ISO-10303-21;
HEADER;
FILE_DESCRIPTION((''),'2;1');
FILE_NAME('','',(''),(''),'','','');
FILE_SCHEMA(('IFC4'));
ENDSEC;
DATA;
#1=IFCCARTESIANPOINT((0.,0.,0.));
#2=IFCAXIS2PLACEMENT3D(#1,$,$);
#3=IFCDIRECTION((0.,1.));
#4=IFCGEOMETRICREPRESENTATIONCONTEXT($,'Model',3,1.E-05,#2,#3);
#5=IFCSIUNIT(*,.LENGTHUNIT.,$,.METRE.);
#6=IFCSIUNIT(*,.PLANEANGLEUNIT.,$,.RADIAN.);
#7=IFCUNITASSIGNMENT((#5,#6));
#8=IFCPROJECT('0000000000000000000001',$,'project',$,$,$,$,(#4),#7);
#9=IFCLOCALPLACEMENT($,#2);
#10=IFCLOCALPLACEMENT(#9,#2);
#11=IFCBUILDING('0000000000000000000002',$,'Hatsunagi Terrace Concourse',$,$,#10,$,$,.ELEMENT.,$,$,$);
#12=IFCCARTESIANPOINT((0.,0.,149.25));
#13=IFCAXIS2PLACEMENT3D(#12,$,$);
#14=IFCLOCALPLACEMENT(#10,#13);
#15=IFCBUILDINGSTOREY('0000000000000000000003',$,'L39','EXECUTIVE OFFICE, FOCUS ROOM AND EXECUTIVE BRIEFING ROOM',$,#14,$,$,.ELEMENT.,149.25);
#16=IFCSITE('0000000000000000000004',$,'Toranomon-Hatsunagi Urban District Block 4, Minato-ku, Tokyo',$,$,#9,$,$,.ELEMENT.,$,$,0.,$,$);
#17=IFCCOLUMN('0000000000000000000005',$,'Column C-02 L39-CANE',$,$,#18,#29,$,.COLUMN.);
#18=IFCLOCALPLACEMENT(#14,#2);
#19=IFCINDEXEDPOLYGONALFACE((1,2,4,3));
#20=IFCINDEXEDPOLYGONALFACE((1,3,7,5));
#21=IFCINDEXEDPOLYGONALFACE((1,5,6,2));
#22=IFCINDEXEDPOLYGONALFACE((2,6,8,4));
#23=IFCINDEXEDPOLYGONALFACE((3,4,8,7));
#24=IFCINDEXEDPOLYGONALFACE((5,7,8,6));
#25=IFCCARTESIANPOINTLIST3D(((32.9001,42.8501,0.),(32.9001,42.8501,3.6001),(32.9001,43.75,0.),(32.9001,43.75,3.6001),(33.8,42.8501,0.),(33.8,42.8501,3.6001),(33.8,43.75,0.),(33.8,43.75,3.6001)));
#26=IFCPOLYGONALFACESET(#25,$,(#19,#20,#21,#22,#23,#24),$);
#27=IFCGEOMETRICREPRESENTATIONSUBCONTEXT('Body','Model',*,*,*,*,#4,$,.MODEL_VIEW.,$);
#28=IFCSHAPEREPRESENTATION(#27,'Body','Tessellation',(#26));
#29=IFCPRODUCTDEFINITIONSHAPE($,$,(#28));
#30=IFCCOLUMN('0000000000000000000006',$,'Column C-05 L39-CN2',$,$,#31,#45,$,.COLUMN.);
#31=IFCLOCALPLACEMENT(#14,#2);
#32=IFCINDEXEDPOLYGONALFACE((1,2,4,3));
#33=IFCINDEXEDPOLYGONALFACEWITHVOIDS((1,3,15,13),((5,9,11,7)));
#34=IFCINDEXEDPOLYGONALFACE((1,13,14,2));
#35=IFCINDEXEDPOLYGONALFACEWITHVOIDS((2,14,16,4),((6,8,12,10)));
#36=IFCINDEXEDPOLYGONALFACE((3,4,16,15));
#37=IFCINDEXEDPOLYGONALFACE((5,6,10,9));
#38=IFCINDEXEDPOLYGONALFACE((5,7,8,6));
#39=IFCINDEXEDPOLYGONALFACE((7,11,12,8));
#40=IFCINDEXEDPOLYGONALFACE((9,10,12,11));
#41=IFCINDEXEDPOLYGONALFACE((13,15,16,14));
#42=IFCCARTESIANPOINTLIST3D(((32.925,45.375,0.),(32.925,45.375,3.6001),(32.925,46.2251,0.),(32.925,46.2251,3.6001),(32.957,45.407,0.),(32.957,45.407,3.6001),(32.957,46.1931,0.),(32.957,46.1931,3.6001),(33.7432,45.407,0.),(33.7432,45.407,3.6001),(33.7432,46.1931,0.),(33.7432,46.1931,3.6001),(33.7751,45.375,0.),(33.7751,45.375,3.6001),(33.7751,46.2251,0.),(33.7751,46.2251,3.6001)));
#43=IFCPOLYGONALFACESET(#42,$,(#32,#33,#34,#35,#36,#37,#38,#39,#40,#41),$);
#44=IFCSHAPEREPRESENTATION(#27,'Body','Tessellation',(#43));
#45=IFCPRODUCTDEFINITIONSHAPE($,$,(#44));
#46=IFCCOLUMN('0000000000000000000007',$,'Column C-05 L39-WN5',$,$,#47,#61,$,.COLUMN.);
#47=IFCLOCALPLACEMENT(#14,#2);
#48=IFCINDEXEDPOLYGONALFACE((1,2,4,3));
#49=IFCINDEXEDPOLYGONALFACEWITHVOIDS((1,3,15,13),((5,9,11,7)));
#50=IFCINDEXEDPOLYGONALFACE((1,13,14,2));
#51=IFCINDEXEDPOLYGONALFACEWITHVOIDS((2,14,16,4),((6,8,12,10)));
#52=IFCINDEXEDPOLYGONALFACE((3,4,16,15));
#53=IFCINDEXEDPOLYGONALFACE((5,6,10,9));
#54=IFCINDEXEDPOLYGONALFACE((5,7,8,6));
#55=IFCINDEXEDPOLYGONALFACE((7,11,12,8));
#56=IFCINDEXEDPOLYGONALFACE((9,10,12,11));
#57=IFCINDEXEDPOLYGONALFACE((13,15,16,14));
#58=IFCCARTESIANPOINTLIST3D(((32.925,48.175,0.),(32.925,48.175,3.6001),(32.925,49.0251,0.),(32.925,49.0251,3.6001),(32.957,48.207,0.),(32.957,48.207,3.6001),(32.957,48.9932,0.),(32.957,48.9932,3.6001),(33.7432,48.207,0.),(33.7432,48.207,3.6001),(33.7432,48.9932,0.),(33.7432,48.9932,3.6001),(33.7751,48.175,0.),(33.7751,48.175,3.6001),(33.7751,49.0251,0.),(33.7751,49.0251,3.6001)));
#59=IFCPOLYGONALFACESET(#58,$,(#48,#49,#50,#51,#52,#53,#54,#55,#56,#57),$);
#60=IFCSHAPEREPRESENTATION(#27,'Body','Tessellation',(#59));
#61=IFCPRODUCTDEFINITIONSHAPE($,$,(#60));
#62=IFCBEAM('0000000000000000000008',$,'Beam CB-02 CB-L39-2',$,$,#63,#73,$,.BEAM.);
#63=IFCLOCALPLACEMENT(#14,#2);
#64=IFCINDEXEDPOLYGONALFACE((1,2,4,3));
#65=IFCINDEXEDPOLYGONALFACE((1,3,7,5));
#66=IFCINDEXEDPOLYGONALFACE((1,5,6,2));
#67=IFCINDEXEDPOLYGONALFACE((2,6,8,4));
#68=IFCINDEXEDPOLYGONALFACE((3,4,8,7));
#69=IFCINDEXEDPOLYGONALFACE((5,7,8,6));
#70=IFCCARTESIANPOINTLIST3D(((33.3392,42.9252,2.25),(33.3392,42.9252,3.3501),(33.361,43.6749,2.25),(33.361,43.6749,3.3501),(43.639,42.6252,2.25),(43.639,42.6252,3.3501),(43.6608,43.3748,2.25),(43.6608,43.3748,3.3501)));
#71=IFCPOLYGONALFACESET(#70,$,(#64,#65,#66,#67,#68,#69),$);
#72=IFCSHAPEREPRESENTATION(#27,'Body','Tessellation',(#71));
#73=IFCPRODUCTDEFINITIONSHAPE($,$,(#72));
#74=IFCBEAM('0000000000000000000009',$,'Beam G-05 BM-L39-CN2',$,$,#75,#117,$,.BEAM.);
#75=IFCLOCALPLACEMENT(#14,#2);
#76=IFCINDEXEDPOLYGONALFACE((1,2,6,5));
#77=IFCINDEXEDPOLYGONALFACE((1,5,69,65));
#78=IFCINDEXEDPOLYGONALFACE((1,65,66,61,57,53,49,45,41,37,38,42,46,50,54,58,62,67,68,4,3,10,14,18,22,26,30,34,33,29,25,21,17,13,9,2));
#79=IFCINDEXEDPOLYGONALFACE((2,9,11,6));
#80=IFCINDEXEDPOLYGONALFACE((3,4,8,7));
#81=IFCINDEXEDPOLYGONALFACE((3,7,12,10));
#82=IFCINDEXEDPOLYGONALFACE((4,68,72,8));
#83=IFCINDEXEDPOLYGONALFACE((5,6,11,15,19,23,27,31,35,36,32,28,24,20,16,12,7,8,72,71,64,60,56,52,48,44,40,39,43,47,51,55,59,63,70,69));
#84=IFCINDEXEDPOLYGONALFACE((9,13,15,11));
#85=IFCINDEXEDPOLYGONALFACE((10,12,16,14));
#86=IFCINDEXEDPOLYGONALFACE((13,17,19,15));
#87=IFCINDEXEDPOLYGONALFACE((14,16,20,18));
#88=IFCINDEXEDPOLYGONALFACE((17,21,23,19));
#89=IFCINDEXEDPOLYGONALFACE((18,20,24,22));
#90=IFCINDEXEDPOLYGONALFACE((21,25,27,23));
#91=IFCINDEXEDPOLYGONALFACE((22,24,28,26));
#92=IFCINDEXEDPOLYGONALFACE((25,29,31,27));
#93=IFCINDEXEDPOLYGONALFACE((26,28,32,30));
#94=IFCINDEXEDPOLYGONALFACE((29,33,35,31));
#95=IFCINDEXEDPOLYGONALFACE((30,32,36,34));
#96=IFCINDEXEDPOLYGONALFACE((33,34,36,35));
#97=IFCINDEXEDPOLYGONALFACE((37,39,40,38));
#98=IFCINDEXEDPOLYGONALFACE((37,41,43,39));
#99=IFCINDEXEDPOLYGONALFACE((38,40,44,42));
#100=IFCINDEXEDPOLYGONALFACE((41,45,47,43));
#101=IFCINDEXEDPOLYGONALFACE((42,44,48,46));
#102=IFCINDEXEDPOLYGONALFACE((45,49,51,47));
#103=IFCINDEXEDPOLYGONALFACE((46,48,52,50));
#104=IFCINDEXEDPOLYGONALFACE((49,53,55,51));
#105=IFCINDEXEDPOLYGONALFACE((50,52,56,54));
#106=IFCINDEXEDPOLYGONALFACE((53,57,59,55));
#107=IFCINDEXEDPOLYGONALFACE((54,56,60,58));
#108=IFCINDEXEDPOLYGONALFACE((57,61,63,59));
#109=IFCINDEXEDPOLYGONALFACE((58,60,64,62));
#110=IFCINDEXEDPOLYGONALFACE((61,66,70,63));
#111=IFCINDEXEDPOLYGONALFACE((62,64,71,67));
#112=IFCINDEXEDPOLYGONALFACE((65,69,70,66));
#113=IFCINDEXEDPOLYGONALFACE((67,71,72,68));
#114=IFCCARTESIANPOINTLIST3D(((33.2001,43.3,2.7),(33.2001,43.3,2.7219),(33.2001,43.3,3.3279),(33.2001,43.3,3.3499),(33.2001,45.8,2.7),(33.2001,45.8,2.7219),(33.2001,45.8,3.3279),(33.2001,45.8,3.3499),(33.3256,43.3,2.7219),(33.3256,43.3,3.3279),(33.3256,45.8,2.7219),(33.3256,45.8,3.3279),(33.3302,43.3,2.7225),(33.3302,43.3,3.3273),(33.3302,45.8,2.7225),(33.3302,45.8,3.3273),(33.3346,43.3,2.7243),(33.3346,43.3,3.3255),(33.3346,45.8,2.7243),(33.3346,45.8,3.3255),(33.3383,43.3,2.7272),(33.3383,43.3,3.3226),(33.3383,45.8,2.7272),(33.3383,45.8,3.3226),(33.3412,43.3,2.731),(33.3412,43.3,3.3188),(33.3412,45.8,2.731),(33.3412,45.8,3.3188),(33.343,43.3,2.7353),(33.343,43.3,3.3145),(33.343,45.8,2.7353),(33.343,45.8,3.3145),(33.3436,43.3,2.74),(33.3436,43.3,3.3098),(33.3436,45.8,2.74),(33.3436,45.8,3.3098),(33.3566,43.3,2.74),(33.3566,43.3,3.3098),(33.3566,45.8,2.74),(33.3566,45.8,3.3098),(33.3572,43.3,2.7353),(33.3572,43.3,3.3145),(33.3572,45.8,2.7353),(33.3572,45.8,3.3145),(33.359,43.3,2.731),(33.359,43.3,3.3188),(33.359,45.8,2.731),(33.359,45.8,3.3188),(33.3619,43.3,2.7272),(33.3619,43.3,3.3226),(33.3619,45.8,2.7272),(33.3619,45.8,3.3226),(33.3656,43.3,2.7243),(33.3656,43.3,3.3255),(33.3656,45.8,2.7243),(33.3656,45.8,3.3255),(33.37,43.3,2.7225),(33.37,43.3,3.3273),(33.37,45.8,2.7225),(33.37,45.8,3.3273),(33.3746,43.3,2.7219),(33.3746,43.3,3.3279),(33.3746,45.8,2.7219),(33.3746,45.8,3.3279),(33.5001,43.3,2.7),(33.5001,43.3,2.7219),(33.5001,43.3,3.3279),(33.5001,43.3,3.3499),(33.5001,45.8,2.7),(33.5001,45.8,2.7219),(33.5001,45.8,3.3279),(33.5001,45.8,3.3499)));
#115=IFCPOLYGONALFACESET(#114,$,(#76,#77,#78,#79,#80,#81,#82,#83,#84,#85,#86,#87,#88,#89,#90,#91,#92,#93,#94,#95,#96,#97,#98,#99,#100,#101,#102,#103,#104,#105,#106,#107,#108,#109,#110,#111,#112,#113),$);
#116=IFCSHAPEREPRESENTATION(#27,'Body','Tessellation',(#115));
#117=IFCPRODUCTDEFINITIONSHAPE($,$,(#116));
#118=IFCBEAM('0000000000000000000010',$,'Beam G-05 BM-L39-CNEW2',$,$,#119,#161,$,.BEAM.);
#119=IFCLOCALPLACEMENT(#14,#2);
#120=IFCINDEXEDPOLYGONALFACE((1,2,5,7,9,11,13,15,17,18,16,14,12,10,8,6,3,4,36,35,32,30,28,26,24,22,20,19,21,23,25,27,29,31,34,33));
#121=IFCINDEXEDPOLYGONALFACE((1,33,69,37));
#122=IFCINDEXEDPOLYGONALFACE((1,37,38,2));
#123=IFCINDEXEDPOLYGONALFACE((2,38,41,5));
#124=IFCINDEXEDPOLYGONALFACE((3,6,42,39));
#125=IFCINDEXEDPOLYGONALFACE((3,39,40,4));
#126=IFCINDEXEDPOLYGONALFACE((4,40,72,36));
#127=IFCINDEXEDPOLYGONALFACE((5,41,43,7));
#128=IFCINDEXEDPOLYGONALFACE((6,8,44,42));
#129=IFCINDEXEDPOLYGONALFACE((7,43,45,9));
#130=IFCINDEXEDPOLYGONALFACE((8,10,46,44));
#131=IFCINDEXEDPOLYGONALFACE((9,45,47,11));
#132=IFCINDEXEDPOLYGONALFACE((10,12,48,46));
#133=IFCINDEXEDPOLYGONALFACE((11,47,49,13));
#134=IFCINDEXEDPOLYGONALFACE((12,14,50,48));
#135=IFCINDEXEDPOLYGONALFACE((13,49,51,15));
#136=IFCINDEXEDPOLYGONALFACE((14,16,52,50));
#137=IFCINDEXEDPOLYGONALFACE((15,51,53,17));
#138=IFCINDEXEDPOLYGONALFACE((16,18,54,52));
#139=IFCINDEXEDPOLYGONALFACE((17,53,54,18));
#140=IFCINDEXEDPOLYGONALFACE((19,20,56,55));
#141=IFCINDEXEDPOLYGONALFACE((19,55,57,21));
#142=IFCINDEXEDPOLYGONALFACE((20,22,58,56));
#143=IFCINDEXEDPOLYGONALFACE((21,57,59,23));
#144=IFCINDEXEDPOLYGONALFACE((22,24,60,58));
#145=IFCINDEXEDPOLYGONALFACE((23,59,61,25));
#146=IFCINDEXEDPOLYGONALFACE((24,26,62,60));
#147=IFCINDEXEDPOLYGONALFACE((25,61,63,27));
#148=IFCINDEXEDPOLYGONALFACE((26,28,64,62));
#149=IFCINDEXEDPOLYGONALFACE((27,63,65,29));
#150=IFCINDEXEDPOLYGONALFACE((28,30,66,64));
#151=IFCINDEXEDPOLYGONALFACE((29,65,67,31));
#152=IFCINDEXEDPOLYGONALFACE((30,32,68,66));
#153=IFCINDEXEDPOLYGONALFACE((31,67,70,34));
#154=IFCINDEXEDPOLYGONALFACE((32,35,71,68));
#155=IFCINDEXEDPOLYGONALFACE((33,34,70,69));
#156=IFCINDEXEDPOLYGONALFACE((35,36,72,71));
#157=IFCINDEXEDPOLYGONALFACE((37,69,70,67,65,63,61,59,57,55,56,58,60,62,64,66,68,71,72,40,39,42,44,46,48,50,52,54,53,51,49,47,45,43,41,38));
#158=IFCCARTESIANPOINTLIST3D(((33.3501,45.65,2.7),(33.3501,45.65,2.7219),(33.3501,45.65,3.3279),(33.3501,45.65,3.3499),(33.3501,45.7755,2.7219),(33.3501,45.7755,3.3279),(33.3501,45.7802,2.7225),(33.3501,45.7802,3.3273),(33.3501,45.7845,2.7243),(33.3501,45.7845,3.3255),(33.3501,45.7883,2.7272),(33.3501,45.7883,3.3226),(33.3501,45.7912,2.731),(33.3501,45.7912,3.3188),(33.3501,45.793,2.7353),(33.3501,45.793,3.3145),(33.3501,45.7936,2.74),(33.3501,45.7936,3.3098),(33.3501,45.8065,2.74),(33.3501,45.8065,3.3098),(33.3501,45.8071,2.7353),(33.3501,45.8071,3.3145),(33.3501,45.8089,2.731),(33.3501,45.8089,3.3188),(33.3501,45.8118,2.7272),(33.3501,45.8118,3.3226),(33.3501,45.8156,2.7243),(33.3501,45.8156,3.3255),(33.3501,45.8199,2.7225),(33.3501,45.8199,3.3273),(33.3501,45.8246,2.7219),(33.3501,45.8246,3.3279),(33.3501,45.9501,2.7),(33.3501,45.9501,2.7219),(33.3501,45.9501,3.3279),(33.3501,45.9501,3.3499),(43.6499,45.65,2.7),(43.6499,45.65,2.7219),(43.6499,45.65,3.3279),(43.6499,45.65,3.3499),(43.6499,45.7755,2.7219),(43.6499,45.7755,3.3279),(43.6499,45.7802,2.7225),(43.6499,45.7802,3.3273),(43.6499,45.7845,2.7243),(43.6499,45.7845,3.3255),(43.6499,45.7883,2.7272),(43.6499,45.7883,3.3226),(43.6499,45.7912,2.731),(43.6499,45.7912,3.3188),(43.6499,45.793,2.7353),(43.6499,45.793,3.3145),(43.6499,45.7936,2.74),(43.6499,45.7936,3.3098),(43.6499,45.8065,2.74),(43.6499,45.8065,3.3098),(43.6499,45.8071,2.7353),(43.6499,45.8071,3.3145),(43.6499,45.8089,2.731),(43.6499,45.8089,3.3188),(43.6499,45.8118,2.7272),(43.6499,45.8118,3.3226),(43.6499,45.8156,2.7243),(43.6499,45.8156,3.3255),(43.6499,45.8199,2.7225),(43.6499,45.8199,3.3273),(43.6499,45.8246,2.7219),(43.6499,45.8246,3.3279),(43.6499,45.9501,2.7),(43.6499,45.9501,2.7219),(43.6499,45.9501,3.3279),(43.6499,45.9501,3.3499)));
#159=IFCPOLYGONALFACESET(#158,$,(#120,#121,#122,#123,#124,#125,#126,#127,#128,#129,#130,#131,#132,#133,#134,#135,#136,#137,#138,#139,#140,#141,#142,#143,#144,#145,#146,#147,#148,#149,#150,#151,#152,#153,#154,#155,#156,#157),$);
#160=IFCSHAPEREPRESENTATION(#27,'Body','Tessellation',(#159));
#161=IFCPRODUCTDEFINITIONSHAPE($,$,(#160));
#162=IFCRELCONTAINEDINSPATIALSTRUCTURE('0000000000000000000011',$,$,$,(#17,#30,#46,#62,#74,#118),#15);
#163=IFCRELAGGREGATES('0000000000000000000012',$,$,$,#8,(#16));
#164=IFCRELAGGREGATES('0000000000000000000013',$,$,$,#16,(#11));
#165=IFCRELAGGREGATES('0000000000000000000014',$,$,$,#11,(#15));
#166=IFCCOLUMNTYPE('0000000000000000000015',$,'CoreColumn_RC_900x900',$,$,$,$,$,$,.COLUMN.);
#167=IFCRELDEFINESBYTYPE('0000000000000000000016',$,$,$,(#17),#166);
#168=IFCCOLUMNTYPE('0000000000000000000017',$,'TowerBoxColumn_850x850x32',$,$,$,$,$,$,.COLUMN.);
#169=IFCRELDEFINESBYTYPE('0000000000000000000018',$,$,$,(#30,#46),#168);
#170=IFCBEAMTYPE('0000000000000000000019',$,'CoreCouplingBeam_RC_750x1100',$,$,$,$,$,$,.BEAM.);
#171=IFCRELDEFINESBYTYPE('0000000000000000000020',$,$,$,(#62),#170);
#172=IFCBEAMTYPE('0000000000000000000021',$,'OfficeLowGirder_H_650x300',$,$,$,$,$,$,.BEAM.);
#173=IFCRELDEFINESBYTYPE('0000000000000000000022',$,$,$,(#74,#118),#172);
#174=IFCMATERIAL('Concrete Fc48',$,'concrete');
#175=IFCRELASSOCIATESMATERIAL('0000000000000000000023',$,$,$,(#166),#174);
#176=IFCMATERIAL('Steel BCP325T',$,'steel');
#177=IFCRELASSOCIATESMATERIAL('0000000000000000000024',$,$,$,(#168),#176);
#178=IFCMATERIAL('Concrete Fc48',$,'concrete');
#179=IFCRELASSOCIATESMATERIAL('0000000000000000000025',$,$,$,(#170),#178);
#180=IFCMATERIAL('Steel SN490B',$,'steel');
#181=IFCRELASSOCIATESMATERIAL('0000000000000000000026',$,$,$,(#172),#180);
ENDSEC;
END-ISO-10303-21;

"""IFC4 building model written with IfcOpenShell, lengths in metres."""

from ifc_helpers import new_model, si_unit, direction, frame, origin, origin_2d, place, context, subcontext, project, spatial, rectangle, hollow_rectangle, i_section, extrude, material, material_profile, profile_set, type_object, element, save


model = new_model("IFC4")

# Units and contexts
model_context = context("Model", 3, precision=1e-05, world=origin(), true_north=direction((0.0, 1.0)))
body_context = subcontext(model_context, "Body", "Model", "MODEL_VIEW")
ifc_project = project(units=[si_unit("LENGTHUNIT", "METRE"), si_unit("PLANEANGLEUNIT", "RADIAN")], contexts=[model_context])

# Site, building, storey
site_placement = place(None, origin())
site = spatial("IfcSite", under=ifc_project, at=site_placement, Name="Toranomon-Hatsunagi Urban District Block 4, Minato-ku, Tokyo", CompositionType="ELEMENT", RefElevation=0.0)
building_placement = place(site_placement, origin())
building = spatial("IfcBuilding", under=site, at=building_placement, Name="Hatsunagi Terrace Concourse", CompositionType="ELEMENT")
storey_placement = place(building_placement, frame((0.0, 0.0, 149.25)))
storey = spatial("IfcBuildingStorey", under=building, at=storey_placement, Name="L39", Description="EXECUTIVE OFFICE, FOCUS ROOM AND EXECUTIVE BRIEFING ROOM", CompositionType="ELEMENT", Elevation=149.25)

# Columns
ifc_material_1 = material(Name="Concrete Fc48", Category="concrete")
ifc_material_profile_1 = material_profile(ifc_material_1, rectangle(XDim=0.8999, YDim=0.8999, at=origin_2d()), Name="RC-900x900")
ifc_profile_set_1 = profile_set([ifc_material_profile_1], Name="Concrete Fc48")
column_type_1 = type_object("IfcColumnType", Name="CoreColumn_RC_900x900", PredefinedType="COLUMN", material=ifc_profile_set_1)
column_placement = place(storey_placement, frame((33.3501, 43.3, 0.0), z_axis=(0.0, 0.0, 1.0), x_axis=(1.0, 0.0, 0.0)))
element("IfcColumn", 1, at=column_placement, inside=storey, type_object=column_type_1, Name="Column C-02 L39-CANE", PredefinedType="COLUMN", context=body_context, shape_type="SweptSolid", body=[
    extrude(rectangle(XDim=0.8999, YDim=0.8999, at=origin_2d()), origin(), (0.0, 0.0, 1.0), 3.6001),
])
ifc_material_2 = material(Name="Steel BCP325T", Category="steel")
ifc_material_profile_2 = material_profile(ifc_material_2, hollow_rectangle(XDim=0.8501, YDim=0.8501, WallThickness=0.032, at=origin_2d()), Name="BCP-850x850x32")
ifc_profile_set_2 = profile_set([ifc_material_profile_2], Name="Steel BCP325T")
column_type_2 = type_object("IfcColumnType", Name="TowerBoxColumn_850x850x32", PredefinedType="COLUMN", material=ifc_profile_set_2)
for number, where, z_axis, x_axis, name in (
    (2, (33.3501, 45.8, 0.0), (0.0, 0.0, 1.0), (1.0, 0.0, 0.0), "Column C-05 L39-CN2"),
    (3, (33.3501, 48.6001, 0.0), (0.0, 0.0, 1.0), (1.0, 0.0, 0.0), "Column C-05 L39-WN5"),
):
    element("IfcColumn", number, at=place(storey_placement, frame(where, z_axis=z_axis, x_axis=x_axis)), inside=storey, type_object=column_type_2, Name=name, PredefinedType="COLUMN", context=body_context, shape_type="SweptSolid", body=[
        extrude(hollow_rectangle(XDim=0.8501, YDim=0.8501, WallThickness=0.032, at=origin_2d()), origin(), (0.0, 0.0, 1.0), 3.6001),
    ])

# Beams
ifc_material_3 = material(Name="Concrete Fc48", Category="concrete")
ifc_material_profile_3 = material_profile(ifc_material_3, rectangle(XDim=0.75, YDim=1.1001, at=origin_2d()), Name="RC-750x1100")
ifc_profile_set_3 = profile_set([ifc_material_profile_3], Name="Concrete Fc48")
beam_type_1 = type_object("IfcBeamType", Name="CoreCouplingBeam_RC_750x1100", PredefinedType="BEAM", material=ifc_profile_set_3)
beam_1_placement = place(storey_placement, frame((33.3501, 43.3, 2.8), z_axis=(0.999576, -0.029119, 0.0), x_axis=(0.029119, 0.999576, 0.0)))
element("IfcBeam", 4, at=beam_1_placement, inside=storey, type_object=beam_type_1, Name="Beam CB-02 CB-L39-2", PredefinedType="BEAM", context=body_context, shape_type="SweptSolid", body=[
    extrude(rectangle(XDim=0.75, YDim=1.1001, at=origin_2d()), origin(), (0.0, 0.0, 1.0), 10.3042),
])
ifc_material_4 = material(Name="Steel SN490B", Category="steel")
ifc_material_profile_4 = material_profile(ifc_material_4, i_section(OverallWidth=0.3, OverallDepth=0.6499, WebThickness=0.0129, FlangeThickness=0.022, FilletRadius=0.0181, at=origin_2d()), Name="H-650x300x13x22")
ifc_profile_set_4 = profile_set([ifc_material_profile_4], Name="Steel SN490B")
beam_type_2 = type_object("IfcBeamType", Name="OfficeLowGirder_H_650x300", PredefinedType="BEAM", material=ifc_profile_set_4)
beam_2_placement = place(storey_placement, frame((33.3501, 43.3, 3.0249), z_axis=(0.0, 1.0, 0.0), x_axis=(-1.0, 0.0, 0.0)))
element("IfcBeam", 5, at=beam_2_placement, inside=storey, type_object=beam_type_2, Name="Beam G-05 BM-L39-CN2", PredefinedType="BEAM", context=body_context, shape_type="SweptSolid", body=[
    extrude(i_section(OverallWidth=0.3, OverallDepth=0.6499, WebThickness=0.0129, FlangeThickness=0.022, FilletRadius=0.0181, at=origin_2d()), origin(), (0.0, 0.0, 1.0), 2.5),
])
beam_3_placement = place(storey_placement, frame((33.3501, 45.8, 3.0249), z_axis=(1.0, 0.0, 0.0), x_axis=(0.0, 1.0, 0.0)))
element("IfcBeam", 6, at=beam_3_placement, inside=storey, type_object=beam_type_2, Name="Beam G-05 BM-L39-CNEW2", PredefinedType="BEAM", context=body_context, shape_type="SweptSolid", body=[
    extrude(i_section(OverallWidth=0.3, OverallDepth=0.6499, WebThickness=0.0129, FlangeThickness=0.022, FilletRadius=0.0181, at=origin_2d()), origin(), (0.0, 0.0, 1.0), 10.2998),
])

save(model, "model.ifc")
